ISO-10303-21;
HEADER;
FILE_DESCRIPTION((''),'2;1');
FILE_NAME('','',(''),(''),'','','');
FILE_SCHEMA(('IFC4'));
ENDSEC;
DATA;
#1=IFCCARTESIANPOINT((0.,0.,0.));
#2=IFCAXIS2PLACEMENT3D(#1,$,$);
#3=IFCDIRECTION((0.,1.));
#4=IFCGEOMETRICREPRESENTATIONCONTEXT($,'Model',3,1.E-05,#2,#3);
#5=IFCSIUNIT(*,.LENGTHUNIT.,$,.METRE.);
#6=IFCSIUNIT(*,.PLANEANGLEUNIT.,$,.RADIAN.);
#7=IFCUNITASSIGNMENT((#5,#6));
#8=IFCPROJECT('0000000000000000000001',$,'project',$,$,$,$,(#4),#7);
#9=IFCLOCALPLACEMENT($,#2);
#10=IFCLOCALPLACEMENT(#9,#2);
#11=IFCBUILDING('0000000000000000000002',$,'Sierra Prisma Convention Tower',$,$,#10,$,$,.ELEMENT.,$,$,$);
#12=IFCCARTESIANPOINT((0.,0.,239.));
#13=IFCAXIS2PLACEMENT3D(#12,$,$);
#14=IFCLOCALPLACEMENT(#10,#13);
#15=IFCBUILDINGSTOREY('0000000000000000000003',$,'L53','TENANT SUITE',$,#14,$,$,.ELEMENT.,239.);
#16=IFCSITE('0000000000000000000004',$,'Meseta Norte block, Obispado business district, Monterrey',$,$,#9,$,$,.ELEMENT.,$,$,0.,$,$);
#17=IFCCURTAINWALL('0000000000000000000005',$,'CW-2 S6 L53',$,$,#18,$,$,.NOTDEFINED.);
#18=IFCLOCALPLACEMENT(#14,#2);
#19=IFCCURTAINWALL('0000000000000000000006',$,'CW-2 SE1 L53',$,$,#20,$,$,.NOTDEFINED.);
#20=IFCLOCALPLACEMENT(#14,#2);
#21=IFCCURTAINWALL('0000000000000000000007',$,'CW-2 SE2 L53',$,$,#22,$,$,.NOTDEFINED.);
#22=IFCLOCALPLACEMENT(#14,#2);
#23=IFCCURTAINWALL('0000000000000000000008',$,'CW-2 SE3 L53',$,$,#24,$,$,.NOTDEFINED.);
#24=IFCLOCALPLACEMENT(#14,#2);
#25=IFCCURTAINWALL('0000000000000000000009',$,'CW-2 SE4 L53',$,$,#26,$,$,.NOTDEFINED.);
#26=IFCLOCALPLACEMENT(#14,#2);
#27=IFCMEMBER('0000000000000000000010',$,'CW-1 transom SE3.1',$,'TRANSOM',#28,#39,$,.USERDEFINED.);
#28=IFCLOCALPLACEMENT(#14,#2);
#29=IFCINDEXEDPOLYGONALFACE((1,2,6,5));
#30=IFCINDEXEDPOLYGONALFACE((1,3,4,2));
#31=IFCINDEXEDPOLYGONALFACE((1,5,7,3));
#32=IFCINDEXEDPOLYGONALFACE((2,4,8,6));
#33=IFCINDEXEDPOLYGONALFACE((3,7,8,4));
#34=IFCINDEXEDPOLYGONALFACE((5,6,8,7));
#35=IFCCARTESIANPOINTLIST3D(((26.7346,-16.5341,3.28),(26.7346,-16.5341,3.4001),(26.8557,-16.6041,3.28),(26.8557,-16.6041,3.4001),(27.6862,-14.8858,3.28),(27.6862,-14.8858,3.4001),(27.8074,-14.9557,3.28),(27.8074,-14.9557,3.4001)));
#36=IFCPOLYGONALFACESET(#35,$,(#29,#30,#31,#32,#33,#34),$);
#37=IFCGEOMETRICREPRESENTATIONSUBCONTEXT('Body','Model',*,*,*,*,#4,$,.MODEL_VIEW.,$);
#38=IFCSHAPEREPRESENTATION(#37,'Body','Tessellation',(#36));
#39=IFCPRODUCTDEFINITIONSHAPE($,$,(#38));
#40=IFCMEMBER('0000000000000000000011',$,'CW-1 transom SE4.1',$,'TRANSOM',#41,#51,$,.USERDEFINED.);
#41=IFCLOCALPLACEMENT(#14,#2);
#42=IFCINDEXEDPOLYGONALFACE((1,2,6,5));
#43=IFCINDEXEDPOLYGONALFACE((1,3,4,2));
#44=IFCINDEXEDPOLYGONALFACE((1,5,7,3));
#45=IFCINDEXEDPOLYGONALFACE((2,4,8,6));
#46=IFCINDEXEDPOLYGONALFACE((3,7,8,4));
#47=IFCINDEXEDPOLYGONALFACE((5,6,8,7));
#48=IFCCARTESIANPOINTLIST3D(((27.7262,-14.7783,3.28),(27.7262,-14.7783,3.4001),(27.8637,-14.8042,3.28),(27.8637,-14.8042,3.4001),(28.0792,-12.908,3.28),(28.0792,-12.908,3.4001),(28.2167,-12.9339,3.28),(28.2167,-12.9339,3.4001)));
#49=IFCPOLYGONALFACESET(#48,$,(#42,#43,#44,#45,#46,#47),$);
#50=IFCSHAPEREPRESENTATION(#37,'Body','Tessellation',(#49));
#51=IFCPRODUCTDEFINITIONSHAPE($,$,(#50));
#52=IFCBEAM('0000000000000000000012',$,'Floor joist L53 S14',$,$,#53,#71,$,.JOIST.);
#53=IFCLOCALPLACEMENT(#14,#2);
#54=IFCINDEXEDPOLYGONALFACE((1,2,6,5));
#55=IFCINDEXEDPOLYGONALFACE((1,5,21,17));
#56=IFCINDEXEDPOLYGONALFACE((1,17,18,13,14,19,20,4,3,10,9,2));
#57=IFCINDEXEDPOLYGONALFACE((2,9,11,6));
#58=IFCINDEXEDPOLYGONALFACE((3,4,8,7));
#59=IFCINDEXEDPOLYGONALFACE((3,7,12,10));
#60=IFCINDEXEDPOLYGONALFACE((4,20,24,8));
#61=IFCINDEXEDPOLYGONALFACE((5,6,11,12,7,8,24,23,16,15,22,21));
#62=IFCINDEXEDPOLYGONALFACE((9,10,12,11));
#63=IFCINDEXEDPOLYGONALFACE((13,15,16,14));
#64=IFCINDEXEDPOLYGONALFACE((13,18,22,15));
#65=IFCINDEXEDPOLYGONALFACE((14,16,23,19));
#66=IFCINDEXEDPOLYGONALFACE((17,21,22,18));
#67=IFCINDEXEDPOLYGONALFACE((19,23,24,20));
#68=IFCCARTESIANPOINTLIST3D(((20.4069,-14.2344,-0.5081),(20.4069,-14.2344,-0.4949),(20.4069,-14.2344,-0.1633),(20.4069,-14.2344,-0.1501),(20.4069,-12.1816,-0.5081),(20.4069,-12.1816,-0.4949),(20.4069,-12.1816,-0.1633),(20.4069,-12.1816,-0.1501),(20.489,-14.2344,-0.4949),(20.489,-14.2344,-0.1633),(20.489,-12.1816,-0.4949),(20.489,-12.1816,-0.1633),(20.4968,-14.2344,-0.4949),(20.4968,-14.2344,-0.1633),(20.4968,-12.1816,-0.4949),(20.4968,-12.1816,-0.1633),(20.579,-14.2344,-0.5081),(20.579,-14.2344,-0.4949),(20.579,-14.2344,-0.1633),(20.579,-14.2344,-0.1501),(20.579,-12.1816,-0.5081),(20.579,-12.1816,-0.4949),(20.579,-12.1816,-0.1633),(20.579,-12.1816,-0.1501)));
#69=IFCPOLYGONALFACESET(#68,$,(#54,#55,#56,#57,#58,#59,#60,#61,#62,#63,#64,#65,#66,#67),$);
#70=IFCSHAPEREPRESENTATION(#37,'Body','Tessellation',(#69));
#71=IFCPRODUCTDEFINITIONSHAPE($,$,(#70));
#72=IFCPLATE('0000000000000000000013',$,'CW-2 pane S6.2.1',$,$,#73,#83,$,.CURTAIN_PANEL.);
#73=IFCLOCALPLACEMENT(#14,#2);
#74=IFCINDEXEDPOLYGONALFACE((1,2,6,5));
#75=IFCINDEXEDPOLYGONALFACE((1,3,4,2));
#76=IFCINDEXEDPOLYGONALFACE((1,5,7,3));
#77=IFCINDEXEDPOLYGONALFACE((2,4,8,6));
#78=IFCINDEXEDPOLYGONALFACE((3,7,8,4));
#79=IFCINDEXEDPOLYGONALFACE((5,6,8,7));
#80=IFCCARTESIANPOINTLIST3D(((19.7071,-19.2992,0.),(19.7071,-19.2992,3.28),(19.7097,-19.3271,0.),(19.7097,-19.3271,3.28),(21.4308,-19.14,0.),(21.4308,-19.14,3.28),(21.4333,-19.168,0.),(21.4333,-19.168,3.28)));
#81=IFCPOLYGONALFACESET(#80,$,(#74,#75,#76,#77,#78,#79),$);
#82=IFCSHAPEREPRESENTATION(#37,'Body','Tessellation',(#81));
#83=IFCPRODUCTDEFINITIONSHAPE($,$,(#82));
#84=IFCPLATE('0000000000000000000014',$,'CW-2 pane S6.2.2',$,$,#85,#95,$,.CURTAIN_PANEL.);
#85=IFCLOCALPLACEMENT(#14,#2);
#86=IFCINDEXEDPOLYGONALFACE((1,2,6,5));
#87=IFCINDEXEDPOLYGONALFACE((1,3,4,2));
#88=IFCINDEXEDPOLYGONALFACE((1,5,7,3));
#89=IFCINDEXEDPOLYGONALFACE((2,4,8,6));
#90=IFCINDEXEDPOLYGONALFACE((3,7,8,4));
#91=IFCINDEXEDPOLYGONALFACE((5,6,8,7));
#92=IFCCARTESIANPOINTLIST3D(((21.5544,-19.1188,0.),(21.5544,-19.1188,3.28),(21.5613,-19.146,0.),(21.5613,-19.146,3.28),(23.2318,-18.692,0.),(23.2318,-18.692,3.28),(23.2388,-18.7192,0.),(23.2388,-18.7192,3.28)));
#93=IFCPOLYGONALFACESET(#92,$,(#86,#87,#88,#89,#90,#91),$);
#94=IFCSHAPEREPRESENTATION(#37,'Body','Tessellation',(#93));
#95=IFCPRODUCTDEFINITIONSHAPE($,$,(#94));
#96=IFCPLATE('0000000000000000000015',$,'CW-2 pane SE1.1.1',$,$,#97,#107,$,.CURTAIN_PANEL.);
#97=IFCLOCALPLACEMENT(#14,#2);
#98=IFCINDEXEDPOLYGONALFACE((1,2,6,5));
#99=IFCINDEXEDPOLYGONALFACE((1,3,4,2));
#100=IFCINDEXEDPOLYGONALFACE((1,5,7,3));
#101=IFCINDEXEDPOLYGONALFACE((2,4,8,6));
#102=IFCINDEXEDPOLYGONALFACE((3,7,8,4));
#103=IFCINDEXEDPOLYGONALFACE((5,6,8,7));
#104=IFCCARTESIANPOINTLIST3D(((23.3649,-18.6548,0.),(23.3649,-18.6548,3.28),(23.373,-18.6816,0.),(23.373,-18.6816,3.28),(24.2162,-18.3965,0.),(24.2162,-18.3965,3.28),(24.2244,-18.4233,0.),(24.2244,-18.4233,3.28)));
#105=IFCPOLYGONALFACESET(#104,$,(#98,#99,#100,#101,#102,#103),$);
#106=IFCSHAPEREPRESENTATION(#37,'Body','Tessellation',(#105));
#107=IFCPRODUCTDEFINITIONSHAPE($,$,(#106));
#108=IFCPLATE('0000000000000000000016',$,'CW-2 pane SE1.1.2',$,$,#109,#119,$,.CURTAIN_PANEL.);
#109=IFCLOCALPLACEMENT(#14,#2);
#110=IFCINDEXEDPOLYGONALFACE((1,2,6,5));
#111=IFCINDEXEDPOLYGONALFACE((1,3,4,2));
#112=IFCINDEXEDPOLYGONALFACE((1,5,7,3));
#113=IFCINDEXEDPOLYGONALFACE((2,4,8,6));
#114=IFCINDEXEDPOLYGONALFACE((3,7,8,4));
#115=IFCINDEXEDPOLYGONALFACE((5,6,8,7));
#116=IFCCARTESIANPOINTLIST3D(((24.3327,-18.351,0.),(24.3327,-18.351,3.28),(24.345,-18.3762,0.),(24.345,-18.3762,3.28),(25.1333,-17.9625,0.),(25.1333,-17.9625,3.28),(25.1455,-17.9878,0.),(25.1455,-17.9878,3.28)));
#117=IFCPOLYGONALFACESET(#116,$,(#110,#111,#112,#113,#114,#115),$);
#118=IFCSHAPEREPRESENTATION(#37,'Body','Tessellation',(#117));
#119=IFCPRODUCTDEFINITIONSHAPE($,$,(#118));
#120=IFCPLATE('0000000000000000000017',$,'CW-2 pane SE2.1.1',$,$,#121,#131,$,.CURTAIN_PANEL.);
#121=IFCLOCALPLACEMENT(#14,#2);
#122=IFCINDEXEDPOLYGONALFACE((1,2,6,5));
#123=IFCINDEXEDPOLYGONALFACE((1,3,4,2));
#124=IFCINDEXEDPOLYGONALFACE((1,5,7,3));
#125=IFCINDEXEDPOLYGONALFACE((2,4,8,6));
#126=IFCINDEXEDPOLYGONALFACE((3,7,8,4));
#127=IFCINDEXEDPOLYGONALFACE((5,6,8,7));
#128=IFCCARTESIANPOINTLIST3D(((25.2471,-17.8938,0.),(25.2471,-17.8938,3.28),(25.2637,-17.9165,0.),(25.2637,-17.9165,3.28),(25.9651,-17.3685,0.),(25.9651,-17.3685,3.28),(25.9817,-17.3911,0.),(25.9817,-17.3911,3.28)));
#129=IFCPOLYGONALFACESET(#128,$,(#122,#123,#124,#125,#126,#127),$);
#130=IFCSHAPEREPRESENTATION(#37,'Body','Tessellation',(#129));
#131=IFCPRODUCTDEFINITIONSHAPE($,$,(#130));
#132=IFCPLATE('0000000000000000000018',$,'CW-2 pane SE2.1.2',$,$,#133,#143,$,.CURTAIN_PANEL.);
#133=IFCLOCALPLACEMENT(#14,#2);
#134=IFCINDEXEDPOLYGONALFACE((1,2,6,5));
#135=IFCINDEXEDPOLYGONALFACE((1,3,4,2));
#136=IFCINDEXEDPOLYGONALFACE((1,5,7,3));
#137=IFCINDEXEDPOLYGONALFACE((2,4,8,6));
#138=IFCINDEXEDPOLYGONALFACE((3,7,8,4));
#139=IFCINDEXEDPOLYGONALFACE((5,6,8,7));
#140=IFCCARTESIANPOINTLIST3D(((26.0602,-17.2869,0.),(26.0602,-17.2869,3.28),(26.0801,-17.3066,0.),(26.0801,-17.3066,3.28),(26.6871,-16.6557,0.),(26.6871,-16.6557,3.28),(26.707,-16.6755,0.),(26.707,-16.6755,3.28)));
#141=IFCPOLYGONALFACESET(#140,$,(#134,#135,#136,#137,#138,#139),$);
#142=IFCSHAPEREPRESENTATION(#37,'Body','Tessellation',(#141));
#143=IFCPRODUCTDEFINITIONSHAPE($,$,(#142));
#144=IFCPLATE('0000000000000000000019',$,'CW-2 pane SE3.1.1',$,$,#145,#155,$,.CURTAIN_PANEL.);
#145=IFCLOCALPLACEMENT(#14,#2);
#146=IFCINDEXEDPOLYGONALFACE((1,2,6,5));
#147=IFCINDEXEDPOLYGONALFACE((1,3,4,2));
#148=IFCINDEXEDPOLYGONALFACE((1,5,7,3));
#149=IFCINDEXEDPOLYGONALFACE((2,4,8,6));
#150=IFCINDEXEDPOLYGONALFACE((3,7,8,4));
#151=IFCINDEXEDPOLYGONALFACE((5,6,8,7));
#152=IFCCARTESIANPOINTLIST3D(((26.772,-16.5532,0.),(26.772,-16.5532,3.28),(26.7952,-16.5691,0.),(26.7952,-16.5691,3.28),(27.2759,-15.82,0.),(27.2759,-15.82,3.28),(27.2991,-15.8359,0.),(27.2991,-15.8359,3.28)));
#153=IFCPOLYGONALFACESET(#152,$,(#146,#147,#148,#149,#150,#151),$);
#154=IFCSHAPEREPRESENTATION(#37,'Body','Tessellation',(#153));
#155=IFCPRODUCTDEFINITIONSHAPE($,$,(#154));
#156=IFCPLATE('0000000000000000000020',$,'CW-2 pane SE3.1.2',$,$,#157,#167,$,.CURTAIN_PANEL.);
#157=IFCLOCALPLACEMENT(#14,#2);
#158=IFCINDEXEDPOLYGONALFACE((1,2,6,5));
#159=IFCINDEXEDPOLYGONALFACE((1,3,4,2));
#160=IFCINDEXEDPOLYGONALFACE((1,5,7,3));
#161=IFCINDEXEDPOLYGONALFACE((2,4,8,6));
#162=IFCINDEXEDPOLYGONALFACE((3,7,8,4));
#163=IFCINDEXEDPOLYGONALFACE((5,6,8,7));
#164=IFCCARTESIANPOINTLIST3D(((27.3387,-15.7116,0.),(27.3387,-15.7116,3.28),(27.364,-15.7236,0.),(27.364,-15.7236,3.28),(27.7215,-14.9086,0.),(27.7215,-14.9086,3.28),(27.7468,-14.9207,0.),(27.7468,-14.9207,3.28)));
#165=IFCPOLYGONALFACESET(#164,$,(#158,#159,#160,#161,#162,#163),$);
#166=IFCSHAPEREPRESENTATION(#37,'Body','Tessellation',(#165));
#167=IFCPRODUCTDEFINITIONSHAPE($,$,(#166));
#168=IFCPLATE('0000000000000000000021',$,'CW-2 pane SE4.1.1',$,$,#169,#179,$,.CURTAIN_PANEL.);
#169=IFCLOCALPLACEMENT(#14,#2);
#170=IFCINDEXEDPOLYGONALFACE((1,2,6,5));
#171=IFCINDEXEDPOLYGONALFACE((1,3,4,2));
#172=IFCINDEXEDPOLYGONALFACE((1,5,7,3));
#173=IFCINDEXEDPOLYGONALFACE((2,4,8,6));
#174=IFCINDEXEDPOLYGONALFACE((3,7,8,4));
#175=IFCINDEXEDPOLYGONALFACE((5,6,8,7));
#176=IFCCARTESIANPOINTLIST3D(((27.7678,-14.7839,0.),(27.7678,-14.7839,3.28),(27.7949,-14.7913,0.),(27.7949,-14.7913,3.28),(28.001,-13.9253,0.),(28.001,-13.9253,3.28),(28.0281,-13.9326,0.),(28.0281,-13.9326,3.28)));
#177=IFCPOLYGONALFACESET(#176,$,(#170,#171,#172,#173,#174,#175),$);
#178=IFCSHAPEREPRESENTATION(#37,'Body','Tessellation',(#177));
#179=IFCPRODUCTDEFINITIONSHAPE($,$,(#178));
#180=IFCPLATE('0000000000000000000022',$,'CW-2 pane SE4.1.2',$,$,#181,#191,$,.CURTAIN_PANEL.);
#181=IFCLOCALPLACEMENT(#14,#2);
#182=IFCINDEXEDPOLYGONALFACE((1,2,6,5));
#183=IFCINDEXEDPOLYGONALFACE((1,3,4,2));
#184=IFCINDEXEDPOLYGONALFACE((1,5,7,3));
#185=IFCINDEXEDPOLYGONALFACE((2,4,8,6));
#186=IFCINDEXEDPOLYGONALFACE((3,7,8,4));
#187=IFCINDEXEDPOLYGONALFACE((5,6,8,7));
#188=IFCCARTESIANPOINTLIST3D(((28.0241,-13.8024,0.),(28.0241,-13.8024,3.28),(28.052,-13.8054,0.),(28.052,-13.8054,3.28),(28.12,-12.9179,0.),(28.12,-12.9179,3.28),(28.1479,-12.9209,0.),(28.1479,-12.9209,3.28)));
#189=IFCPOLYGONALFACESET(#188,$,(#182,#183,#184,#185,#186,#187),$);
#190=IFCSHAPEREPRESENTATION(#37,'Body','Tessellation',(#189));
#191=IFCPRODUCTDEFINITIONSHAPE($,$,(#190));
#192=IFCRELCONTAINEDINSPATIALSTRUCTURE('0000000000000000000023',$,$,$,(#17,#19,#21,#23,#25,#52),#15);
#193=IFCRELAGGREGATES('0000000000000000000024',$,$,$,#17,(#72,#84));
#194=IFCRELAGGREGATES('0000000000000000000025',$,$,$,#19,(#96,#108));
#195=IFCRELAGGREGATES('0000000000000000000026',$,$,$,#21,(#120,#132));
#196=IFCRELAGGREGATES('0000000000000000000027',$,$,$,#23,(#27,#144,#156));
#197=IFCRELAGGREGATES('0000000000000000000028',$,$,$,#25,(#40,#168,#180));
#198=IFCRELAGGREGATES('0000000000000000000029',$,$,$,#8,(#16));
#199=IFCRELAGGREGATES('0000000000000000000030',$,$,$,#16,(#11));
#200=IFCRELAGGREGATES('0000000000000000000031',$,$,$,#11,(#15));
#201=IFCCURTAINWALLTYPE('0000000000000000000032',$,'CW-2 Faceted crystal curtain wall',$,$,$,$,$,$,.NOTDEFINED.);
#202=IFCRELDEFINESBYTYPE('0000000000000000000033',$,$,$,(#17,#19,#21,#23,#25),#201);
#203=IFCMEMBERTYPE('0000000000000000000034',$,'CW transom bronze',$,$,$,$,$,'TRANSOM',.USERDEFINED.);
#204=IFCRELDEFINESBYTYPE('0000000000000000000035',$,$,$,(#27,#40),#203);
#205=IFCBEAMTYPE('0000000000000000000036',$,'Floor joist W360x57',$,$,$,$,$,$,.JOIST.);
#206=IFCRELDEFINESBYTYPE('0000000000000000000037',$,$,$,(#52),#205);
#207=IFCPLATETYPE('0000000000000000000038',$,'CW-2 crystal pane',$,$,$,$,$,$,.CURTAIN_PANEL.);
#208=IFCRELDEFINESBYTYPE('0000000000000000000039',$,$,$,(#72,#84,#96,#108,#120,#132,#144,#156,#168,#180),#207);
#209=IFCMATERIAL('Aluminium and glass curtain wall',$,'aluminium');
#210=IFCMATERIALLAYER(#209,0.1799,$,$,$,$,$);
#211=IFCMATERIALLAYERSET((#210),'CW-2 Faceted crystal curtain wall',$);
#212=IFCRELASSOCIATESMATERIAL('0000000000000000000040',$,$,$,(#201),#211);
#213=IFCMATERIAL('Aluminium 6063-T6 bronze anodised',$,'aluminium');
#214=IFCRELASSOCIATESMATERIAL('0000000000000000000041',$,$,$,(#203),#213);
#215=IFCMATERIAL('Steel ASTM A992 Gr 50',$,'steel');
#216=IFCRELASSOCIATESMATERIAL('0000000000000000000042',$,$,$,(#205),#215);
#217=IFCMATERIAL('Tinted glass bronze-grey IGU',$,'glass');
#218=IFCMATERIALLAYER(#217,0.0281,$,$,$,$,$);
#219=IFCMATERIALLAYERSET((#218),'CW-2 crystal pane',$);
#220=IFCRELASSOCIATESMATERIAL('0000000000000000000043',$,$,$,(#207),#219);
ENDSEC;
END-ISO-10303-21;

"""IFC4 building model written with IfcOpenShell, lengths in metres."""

from ifc_helpers import new_model, si_unit, direction, frame, origin, origin_2d, place, context, subcontext, project, spatial, polyline, rectangle, i_section, outline, extrude, material, layer, layer_set, material_profile, profile_set, type_object, element, aggregate, save


model = new_model("IFC4")

# Units and contexts
model_context = context("Model", 3, precision=1e-05, world=origin(), true_north=direction((0.0, 1.0)))
body_context = subcontext(model_context, "Body", "Model", "MODEL_VIEW")
ifc_project = project(units=[si_unit("LENGTHUNIT", "METRE"), si_unit("PLANEANGLEUNIT", "RADIAN")], contexts=[model_context])

# Site, building, storey
site_placement = place(None, origin())
site = spatial("IfcSite", under=ifc_project, at=site_placement, Name="Meseta Norte block, Obispado business district, Monterrey", CompositionType="ELEMENT", RefElevation=0.0)
building_placement = place(site_placement, origin())
building = spatial("IfcBuilding", under=site, at=building_placement, Name="Sierra Prisma Convention Tower", CompositionType="ELEMENT")
storey_placement = place(building_placement, frame((0.0, 0.0, 239.0)))
storey = spatial("IfcBuildingStorey", under=building, at=storey_placement, Name="L53", Description="TENANT SUITE", CompositionType="ELEMENT", Elevation=239.0)

# Curtain walls
ifc_material_1 = material(Name="Aluminium and glass curtain wall", Category="aluminium")
ifc_layer_1 = layer(ifc_material_1, 0.1799)
ifc_layer_set_1 = layer_set([ifc_layer_1], Name="CW-2 Faceted crystal curtain wall")
curtain_wall_type = type_object("IfcCurtainWallType", Name="CW-2 Faceted crystal curtain wall", PredefinedType="NOTDEFINED", material=ifc_layer_set_1)
curtain_wall_1_placement = place(storey_placement, origin())
curtain_wall_1 = element("IfcCurtainWall", 1, at=curtain_wall_1_placement, inside=storey, type_object=curtain_wall_type, Name="CW-2 S6 L53", PredefinedType="NOTDEFINED")
curtain_wall_2_placement = place(storey_placement, origin())
curtain_wall_2 = element("IfcCurtainWall", 2, at=curtain_wall_2_placement, inside=storey, type_object=curtain_wall_type, Name="CW-2 SE1 L53", PredefinedType="NOTDEFINED")
curtain_wall_3_placement = place(storey_placement, origin())
curtain_wall_3 = element("IfcCurtainWall", 3, at=curtain_wall_3_placement, inside=storey, type_object=curtain_wall_type, Name="CW-2 SE2 L53", PredefinedType="NOTDEFINED")
curtain_wall_4_placement = place(storey_placement, origin())
curtain_wall_4 = element("IfcCurtainWall", 4, at=curtain_wall_4_placement, inside=storey, type_object=curtain_wall_type, Name="CW-2 SE3 L53", PredefinedType="NOTDEFINED")
curtain_wall_5_placement = place(storey_placement, origin())
curtain_wall_5 = element("IfcCurtainWall", 5, at=curtain_wall_5_placement, inside=storey, type_object=curtain_wall_type, Name="CW-2 SE4 L53", PredefinedType="NOTDEFINED")

# Members
ifc_material_2 = material(Name="Aluminium 6063-T6 bronze anodised", Category="aluminium")
ifc_material_profile_1 = material_profile(ifc_material_2, rectangle(XDim=0.1399, YDim=0.1201, at=origin_2d()), Name="ALU TRANSOM 120x140")
ifc_profile_set_1 = profile_set([ifc_material_profile_1], Name="Aluminium 6063-T6 bronze anodised")
member_type_1 = type_object("IfcMemberType", Name="CW transom bronze", ElementType="TRANSOM", PredefinedType="USERDEFINED", material=ifc_profile_set_1)
member_1_placement = place(storey_placement, frame((26.7952, -16.5691, 3.3401), z_axis=(0.499974, 0.86604, 0.0), x_axis=(-0.86604, 0.499974, 0.0)))
member_1 = element("IfcMember", 6, at=member_1_placement, type_object=member_type_1, Name="CW-1 transom SE3.1", ObjectType="TRANSOM", PredefinedType="USERDEFINED", context=body_context, shape_type="SweptSolid", body=[
    extrude(rectangle(XDim=0.1399, YDim=0.1201, at=origin_2d()), origin(), (0.0, 0.0, 1.0), 1.9033),
])
member_2_placement = place(storey_placement, frame((27.7949, -14.7913, 3.3401), z_axis=(0.185473, 0.982649, 0.0), x_axis=(-0.982649, 0.185473, 0.0)))
member_2 = element("IfcMember", 7, at=member_2_placement, type_object=member_type_1, Name="CW-1 transom SE4.1", ObjectType="TRANSOM", PredefinedType="USERDEFINED", context=body_context, shape_type="SweptSolid", body=[
    extrude(rectangle(XDim=0.1399, YDim=0.1201, at=origin_2d()), origin(), (0.0, 0.0, 1.0), 1.9033),
])

# Beam
ifc_material_3 = material(Name="Steel ASTM A992 Gr 50", Category="steel")
ifc_material_profile_2 = material_profile(ifc_material_3, i_section(OverallWidth=0.1721, OverallDepth=0.3579, WebThickness=0.0078, FlangeThickness=0.0132, at=origin_2d()), Name="W360x57")
ifc_profile_set_2 = profile_set([ifc_material_profile_2], Name="Steel ASTM A992 Gr 50")
beam_type = type_object("IfcBeamType", Name="Floor joist W360x57", PredefinedType="JOIST", material=ifc_profile_set_2)
beam_placement = place(storey_placement, frame((20.4929, -14.2344, -0.3291), z_axis=(0.0, 1.0, 0.0), x_axis=(-1.0, 0.0, 0.0)))
element("IfcBeam", 8, at=beam_placement, inside=storey, type_object=beam_type, Name="Floor joist L53 S14", PredefinedType="JOIST", context=body_context, shape_type="SweptSolid", body=[
    extrude(i_section(OverallWidth=0.1721, OverallDepth=0.3579, WebThickness=0.0078, FlangeThickness=0.0132, at=origin_2d()), origin(), (0.0, 0.0, 1.0), 2.0527),
])

# Plates
ifc_material_4 = material(Name="Tinted glass bronze-grey IGU", Category="glass")
ifc_layer_2 = layer(ifc_material_4, 0.0281)
ifc_layer_set_2 = layer_set([ifc_layer_2], Name="CW-2 crystal pane")
plate_type = type_object("IfcPlateType", Name="CW-2 crystal pane", PredefinedType="CURTAIN_PANEL", material=ifc_layer_set_2)
plate_1_placement = place(storey_placement, frame((19.7097, -19.3271, 0.0), z_axis=(0.09196, -0.995763, 0.0), x_axis=(0.995763, 0.09196, 0.0)))
plate_1 = element("IfcPlate", 9, at=plate_1_placement, type_object=plate_type, Name="CW-2 pane S6.2.1", PredefinedType="CURTAIN_PANEL", context=body_context, shape_type="SweptSolid", body=[
    extrude(outline(polyline([(0.0, 0.0), (1.731, 0.0), (1.731, 3.28), (0.0, 3.28), (0.0, 0.0)])), origin(), (0.0, 0.0, -1.0), 0.0281),
])
plate_2_placement = place(storey_placement, frame((23.2388, -18.7192, 0.0), z_axis=(0.246549, -0.96913, 0.0), x_axis=(-0.96913, -0.246549, 0.0)))
plate_2 = element("IfcPlate", 10, at=plate_2_placement, type_object=plate_type, Name="CW-2 pane S6.2.2", PredefinedType="CURTAIN_PANEL", context=body_context, shape_type="SweptSolid", body=[
    extrude(outline(polyline([(0.0, 0.0), (1.7309, 0.0), (1.7309, -3.28), (0.0, -3.28), (0.0, 0.0)])), origin(), (0.0, 0.0, -1.0), 0.0281),
])
aggregate(curtain_wall_1, [plate_1, plate_2])
plate_3_placement = place(storey_placement, frame((23.373, -18.6816, 0.0), z_axis=(0.290343, -0.956923, 0.0), x_axis=(0.956923, 0.290343, 0.0)))
plate_3 = element("IfcPlate", 11, at=plate_3_placement, type_object=plate_type, Name="CW-2 pane SE1.1.1", PredefinedType="CURTAIN_PANEL", context=body_context, shape_type="SweptSolid", body=[
    extrude(outline(polyline([(0.0, 0.0), (0.8896, 0.0), (0.8896, 3.28), (0.0, 3.28), (0.0, 0.0)])), origin(), (0.0, 0.0, -1.0), 0.0281),
])
plate_4_placement = place(storey_placement, frame((25.1455, -17.9878, 0.0), z_axis=(0.436536, -0.899687, 0.0), x_axis=(-0.899687, -0.436536, 0.0)))
plate_4 = element("IfcPlate", 12, at=plate_4_placement, type_object=plate_type, Name="CW-2 pane SE1.1.2", PredefinedType="CURTAIN_PANEL", context=body_context, shape_type="SweptSolid", body=[
    extrude(outline(polyline([(0.0, 0.0), (0.8898, 0.0), (0.8898, -3.28), (0.0, -3.28), (0.0, 0.0)])), origin(), (0.0, 0.0, -1.0), 0.0281),
])
aggregate(curtain_wall_2, [plate_3, plate_4])
plate_5_placement = place(storey_placement, frame((25.2637, -17.9165, 0.0), z_axis=(0.590519, -0.807024, 0.0), x_axis=(0.807024, 0.590519, 0.0)))
plate_5 = element("IfcPlate", 13, at=plate_5_placement, type_object=plate_type, Name="CW-2 pane SE2.1.1", PredefinedType="CURTAIN_PANEL", context=body_context, shape_type="SweptSolid", body=[
    extrude(outline(polyline([(0.0, 0.0), (0.8897, 0.0), (0.8897, 3.28), (0.0, 3.28), (0.0, 0.0)])), origin(), (0.0, 0.0, -1.0), 0.0281),
])
plate_6_placement = place(storey_placement, frame((26.707, -16.6755, 0.0), z_axis=(0.709436, -0.70477, 0.0), x_axis=(-0.70477, -0.709436, 0.0)))
plate_6 = element("IfcPlate", 14, at=plate_6_placement, type_object=plate_type, Name="CW-2 pane SE2.1.2", PredefinedType="CURTAIN_PANEL", context=body_context, shape_type="SweptSolid", body=[
    extrude(outline(polyline([(0.0, 0.0), (0.8896, 0.0), (0.8896, -3.28), (0.0, -3.28), (0.0, 0.0)])), origin(), (0.0, 0.0, -1.0), 0.0281),
])
aggregate(curtain_wall_3, [plate_5, plate_6])
plate_7_placement = place(storey_placement, frame((26.7952, -16.5691, 0.0), z_axis=(0.824114, -0.566424, 0.0), x_axis=(0.566424, 0.824114, 0.0)))
plate_7 = element("IfcPlate", 15, at=plate_7_placement, type_object=plate_type, Name="CW-2 pane SE3.1.1", PredefinedType="CURTAIN_PANEL", context=body_context, shape_type="SweptSolid", body=[
    extrude(outline(polyline([(0.0, 0.0), (0.8896, 0.0), (0.8896, 3.28), (0.0, 3.28), (0.0, 0.0)])), origin(), (0.0, 0.0, -1.0), 0.0281),
])
plate_8_placement = place(storey_placement, frame((27.7468, -14.9207, 0.0), z_axis=(0.902668, -0.430338, 0.0), x_axis=(-0.430338, -0.902668, 0.0)))
plate_8 = element("IfcPlate", 16, at=plate_8_placement, type_object=plate_type, Name="CW-2 pane SE3.1.2", PredefinedType="CURTAIN_PANEL", context=body_context, shape_type="SweptSolid", body=[
    extrude(outline(polyline([(0.0, 0.0), (0.8896, 0.0), (0.8896, -3.28), (0.0, -3.28), (0.0, 0.0)])), origin(), (0.0, 0.0, -1.0), 0.0281),
])
aggregate(curtain_wall_4, [member_1, plate_7, plate_8])
plate_9_placement = place(storey_placement, frame((27.7949, -14.7913, 0.0), z_axis=(0.965055, -0.262049, 0.0), x_axis=(0.262049, 0.965055, 0.0)))
plate_9 = element("IfcPlate", 17, at=plate_9_placement, type_object=plate_type, Name="CW-2 pane SE4.1.1", PredefinedType="CURTAIN_PANEL", context=body_context, shape_type="SweptSolid", body=[
    extrude(outline(polyline([(0.0, 0.0), (0.8897, 0.0), (0.8897, 3.28), (0.0, 3.28), (0.0, 0.0)])), origin(), (0.0, 0.0, -1.0), 0.0281),
])
plate_10_placement = place(storey_placement, frame((28.1479, -12.9209, 0.0), z_axis=(0.994168, -0.107841, 0.0), x_axis=(-0.107841, -0.994168, 0.0)))
plate_10 = element("IfcPlate", 18, at=plate_10_placement, type_object=plate_type, Name="CW-2 pane SE4.1.2", PredefinedType="CURTAIN_PANEL", context=body_context, shape_type="SweptSolid", body=[
    extrude(outline(polyline([(0.0, 0.0), (0.8897, 0.0), (0.8897, -3.28), (0.0, -3.28), (0.0, 0.0)])), origin(), (0.0, 0.0, -1.0), 0.0281),
])
aggregate(curtain_wall_5, [member_2, plate_9, plate_10])

save(model, "model.ifc")
